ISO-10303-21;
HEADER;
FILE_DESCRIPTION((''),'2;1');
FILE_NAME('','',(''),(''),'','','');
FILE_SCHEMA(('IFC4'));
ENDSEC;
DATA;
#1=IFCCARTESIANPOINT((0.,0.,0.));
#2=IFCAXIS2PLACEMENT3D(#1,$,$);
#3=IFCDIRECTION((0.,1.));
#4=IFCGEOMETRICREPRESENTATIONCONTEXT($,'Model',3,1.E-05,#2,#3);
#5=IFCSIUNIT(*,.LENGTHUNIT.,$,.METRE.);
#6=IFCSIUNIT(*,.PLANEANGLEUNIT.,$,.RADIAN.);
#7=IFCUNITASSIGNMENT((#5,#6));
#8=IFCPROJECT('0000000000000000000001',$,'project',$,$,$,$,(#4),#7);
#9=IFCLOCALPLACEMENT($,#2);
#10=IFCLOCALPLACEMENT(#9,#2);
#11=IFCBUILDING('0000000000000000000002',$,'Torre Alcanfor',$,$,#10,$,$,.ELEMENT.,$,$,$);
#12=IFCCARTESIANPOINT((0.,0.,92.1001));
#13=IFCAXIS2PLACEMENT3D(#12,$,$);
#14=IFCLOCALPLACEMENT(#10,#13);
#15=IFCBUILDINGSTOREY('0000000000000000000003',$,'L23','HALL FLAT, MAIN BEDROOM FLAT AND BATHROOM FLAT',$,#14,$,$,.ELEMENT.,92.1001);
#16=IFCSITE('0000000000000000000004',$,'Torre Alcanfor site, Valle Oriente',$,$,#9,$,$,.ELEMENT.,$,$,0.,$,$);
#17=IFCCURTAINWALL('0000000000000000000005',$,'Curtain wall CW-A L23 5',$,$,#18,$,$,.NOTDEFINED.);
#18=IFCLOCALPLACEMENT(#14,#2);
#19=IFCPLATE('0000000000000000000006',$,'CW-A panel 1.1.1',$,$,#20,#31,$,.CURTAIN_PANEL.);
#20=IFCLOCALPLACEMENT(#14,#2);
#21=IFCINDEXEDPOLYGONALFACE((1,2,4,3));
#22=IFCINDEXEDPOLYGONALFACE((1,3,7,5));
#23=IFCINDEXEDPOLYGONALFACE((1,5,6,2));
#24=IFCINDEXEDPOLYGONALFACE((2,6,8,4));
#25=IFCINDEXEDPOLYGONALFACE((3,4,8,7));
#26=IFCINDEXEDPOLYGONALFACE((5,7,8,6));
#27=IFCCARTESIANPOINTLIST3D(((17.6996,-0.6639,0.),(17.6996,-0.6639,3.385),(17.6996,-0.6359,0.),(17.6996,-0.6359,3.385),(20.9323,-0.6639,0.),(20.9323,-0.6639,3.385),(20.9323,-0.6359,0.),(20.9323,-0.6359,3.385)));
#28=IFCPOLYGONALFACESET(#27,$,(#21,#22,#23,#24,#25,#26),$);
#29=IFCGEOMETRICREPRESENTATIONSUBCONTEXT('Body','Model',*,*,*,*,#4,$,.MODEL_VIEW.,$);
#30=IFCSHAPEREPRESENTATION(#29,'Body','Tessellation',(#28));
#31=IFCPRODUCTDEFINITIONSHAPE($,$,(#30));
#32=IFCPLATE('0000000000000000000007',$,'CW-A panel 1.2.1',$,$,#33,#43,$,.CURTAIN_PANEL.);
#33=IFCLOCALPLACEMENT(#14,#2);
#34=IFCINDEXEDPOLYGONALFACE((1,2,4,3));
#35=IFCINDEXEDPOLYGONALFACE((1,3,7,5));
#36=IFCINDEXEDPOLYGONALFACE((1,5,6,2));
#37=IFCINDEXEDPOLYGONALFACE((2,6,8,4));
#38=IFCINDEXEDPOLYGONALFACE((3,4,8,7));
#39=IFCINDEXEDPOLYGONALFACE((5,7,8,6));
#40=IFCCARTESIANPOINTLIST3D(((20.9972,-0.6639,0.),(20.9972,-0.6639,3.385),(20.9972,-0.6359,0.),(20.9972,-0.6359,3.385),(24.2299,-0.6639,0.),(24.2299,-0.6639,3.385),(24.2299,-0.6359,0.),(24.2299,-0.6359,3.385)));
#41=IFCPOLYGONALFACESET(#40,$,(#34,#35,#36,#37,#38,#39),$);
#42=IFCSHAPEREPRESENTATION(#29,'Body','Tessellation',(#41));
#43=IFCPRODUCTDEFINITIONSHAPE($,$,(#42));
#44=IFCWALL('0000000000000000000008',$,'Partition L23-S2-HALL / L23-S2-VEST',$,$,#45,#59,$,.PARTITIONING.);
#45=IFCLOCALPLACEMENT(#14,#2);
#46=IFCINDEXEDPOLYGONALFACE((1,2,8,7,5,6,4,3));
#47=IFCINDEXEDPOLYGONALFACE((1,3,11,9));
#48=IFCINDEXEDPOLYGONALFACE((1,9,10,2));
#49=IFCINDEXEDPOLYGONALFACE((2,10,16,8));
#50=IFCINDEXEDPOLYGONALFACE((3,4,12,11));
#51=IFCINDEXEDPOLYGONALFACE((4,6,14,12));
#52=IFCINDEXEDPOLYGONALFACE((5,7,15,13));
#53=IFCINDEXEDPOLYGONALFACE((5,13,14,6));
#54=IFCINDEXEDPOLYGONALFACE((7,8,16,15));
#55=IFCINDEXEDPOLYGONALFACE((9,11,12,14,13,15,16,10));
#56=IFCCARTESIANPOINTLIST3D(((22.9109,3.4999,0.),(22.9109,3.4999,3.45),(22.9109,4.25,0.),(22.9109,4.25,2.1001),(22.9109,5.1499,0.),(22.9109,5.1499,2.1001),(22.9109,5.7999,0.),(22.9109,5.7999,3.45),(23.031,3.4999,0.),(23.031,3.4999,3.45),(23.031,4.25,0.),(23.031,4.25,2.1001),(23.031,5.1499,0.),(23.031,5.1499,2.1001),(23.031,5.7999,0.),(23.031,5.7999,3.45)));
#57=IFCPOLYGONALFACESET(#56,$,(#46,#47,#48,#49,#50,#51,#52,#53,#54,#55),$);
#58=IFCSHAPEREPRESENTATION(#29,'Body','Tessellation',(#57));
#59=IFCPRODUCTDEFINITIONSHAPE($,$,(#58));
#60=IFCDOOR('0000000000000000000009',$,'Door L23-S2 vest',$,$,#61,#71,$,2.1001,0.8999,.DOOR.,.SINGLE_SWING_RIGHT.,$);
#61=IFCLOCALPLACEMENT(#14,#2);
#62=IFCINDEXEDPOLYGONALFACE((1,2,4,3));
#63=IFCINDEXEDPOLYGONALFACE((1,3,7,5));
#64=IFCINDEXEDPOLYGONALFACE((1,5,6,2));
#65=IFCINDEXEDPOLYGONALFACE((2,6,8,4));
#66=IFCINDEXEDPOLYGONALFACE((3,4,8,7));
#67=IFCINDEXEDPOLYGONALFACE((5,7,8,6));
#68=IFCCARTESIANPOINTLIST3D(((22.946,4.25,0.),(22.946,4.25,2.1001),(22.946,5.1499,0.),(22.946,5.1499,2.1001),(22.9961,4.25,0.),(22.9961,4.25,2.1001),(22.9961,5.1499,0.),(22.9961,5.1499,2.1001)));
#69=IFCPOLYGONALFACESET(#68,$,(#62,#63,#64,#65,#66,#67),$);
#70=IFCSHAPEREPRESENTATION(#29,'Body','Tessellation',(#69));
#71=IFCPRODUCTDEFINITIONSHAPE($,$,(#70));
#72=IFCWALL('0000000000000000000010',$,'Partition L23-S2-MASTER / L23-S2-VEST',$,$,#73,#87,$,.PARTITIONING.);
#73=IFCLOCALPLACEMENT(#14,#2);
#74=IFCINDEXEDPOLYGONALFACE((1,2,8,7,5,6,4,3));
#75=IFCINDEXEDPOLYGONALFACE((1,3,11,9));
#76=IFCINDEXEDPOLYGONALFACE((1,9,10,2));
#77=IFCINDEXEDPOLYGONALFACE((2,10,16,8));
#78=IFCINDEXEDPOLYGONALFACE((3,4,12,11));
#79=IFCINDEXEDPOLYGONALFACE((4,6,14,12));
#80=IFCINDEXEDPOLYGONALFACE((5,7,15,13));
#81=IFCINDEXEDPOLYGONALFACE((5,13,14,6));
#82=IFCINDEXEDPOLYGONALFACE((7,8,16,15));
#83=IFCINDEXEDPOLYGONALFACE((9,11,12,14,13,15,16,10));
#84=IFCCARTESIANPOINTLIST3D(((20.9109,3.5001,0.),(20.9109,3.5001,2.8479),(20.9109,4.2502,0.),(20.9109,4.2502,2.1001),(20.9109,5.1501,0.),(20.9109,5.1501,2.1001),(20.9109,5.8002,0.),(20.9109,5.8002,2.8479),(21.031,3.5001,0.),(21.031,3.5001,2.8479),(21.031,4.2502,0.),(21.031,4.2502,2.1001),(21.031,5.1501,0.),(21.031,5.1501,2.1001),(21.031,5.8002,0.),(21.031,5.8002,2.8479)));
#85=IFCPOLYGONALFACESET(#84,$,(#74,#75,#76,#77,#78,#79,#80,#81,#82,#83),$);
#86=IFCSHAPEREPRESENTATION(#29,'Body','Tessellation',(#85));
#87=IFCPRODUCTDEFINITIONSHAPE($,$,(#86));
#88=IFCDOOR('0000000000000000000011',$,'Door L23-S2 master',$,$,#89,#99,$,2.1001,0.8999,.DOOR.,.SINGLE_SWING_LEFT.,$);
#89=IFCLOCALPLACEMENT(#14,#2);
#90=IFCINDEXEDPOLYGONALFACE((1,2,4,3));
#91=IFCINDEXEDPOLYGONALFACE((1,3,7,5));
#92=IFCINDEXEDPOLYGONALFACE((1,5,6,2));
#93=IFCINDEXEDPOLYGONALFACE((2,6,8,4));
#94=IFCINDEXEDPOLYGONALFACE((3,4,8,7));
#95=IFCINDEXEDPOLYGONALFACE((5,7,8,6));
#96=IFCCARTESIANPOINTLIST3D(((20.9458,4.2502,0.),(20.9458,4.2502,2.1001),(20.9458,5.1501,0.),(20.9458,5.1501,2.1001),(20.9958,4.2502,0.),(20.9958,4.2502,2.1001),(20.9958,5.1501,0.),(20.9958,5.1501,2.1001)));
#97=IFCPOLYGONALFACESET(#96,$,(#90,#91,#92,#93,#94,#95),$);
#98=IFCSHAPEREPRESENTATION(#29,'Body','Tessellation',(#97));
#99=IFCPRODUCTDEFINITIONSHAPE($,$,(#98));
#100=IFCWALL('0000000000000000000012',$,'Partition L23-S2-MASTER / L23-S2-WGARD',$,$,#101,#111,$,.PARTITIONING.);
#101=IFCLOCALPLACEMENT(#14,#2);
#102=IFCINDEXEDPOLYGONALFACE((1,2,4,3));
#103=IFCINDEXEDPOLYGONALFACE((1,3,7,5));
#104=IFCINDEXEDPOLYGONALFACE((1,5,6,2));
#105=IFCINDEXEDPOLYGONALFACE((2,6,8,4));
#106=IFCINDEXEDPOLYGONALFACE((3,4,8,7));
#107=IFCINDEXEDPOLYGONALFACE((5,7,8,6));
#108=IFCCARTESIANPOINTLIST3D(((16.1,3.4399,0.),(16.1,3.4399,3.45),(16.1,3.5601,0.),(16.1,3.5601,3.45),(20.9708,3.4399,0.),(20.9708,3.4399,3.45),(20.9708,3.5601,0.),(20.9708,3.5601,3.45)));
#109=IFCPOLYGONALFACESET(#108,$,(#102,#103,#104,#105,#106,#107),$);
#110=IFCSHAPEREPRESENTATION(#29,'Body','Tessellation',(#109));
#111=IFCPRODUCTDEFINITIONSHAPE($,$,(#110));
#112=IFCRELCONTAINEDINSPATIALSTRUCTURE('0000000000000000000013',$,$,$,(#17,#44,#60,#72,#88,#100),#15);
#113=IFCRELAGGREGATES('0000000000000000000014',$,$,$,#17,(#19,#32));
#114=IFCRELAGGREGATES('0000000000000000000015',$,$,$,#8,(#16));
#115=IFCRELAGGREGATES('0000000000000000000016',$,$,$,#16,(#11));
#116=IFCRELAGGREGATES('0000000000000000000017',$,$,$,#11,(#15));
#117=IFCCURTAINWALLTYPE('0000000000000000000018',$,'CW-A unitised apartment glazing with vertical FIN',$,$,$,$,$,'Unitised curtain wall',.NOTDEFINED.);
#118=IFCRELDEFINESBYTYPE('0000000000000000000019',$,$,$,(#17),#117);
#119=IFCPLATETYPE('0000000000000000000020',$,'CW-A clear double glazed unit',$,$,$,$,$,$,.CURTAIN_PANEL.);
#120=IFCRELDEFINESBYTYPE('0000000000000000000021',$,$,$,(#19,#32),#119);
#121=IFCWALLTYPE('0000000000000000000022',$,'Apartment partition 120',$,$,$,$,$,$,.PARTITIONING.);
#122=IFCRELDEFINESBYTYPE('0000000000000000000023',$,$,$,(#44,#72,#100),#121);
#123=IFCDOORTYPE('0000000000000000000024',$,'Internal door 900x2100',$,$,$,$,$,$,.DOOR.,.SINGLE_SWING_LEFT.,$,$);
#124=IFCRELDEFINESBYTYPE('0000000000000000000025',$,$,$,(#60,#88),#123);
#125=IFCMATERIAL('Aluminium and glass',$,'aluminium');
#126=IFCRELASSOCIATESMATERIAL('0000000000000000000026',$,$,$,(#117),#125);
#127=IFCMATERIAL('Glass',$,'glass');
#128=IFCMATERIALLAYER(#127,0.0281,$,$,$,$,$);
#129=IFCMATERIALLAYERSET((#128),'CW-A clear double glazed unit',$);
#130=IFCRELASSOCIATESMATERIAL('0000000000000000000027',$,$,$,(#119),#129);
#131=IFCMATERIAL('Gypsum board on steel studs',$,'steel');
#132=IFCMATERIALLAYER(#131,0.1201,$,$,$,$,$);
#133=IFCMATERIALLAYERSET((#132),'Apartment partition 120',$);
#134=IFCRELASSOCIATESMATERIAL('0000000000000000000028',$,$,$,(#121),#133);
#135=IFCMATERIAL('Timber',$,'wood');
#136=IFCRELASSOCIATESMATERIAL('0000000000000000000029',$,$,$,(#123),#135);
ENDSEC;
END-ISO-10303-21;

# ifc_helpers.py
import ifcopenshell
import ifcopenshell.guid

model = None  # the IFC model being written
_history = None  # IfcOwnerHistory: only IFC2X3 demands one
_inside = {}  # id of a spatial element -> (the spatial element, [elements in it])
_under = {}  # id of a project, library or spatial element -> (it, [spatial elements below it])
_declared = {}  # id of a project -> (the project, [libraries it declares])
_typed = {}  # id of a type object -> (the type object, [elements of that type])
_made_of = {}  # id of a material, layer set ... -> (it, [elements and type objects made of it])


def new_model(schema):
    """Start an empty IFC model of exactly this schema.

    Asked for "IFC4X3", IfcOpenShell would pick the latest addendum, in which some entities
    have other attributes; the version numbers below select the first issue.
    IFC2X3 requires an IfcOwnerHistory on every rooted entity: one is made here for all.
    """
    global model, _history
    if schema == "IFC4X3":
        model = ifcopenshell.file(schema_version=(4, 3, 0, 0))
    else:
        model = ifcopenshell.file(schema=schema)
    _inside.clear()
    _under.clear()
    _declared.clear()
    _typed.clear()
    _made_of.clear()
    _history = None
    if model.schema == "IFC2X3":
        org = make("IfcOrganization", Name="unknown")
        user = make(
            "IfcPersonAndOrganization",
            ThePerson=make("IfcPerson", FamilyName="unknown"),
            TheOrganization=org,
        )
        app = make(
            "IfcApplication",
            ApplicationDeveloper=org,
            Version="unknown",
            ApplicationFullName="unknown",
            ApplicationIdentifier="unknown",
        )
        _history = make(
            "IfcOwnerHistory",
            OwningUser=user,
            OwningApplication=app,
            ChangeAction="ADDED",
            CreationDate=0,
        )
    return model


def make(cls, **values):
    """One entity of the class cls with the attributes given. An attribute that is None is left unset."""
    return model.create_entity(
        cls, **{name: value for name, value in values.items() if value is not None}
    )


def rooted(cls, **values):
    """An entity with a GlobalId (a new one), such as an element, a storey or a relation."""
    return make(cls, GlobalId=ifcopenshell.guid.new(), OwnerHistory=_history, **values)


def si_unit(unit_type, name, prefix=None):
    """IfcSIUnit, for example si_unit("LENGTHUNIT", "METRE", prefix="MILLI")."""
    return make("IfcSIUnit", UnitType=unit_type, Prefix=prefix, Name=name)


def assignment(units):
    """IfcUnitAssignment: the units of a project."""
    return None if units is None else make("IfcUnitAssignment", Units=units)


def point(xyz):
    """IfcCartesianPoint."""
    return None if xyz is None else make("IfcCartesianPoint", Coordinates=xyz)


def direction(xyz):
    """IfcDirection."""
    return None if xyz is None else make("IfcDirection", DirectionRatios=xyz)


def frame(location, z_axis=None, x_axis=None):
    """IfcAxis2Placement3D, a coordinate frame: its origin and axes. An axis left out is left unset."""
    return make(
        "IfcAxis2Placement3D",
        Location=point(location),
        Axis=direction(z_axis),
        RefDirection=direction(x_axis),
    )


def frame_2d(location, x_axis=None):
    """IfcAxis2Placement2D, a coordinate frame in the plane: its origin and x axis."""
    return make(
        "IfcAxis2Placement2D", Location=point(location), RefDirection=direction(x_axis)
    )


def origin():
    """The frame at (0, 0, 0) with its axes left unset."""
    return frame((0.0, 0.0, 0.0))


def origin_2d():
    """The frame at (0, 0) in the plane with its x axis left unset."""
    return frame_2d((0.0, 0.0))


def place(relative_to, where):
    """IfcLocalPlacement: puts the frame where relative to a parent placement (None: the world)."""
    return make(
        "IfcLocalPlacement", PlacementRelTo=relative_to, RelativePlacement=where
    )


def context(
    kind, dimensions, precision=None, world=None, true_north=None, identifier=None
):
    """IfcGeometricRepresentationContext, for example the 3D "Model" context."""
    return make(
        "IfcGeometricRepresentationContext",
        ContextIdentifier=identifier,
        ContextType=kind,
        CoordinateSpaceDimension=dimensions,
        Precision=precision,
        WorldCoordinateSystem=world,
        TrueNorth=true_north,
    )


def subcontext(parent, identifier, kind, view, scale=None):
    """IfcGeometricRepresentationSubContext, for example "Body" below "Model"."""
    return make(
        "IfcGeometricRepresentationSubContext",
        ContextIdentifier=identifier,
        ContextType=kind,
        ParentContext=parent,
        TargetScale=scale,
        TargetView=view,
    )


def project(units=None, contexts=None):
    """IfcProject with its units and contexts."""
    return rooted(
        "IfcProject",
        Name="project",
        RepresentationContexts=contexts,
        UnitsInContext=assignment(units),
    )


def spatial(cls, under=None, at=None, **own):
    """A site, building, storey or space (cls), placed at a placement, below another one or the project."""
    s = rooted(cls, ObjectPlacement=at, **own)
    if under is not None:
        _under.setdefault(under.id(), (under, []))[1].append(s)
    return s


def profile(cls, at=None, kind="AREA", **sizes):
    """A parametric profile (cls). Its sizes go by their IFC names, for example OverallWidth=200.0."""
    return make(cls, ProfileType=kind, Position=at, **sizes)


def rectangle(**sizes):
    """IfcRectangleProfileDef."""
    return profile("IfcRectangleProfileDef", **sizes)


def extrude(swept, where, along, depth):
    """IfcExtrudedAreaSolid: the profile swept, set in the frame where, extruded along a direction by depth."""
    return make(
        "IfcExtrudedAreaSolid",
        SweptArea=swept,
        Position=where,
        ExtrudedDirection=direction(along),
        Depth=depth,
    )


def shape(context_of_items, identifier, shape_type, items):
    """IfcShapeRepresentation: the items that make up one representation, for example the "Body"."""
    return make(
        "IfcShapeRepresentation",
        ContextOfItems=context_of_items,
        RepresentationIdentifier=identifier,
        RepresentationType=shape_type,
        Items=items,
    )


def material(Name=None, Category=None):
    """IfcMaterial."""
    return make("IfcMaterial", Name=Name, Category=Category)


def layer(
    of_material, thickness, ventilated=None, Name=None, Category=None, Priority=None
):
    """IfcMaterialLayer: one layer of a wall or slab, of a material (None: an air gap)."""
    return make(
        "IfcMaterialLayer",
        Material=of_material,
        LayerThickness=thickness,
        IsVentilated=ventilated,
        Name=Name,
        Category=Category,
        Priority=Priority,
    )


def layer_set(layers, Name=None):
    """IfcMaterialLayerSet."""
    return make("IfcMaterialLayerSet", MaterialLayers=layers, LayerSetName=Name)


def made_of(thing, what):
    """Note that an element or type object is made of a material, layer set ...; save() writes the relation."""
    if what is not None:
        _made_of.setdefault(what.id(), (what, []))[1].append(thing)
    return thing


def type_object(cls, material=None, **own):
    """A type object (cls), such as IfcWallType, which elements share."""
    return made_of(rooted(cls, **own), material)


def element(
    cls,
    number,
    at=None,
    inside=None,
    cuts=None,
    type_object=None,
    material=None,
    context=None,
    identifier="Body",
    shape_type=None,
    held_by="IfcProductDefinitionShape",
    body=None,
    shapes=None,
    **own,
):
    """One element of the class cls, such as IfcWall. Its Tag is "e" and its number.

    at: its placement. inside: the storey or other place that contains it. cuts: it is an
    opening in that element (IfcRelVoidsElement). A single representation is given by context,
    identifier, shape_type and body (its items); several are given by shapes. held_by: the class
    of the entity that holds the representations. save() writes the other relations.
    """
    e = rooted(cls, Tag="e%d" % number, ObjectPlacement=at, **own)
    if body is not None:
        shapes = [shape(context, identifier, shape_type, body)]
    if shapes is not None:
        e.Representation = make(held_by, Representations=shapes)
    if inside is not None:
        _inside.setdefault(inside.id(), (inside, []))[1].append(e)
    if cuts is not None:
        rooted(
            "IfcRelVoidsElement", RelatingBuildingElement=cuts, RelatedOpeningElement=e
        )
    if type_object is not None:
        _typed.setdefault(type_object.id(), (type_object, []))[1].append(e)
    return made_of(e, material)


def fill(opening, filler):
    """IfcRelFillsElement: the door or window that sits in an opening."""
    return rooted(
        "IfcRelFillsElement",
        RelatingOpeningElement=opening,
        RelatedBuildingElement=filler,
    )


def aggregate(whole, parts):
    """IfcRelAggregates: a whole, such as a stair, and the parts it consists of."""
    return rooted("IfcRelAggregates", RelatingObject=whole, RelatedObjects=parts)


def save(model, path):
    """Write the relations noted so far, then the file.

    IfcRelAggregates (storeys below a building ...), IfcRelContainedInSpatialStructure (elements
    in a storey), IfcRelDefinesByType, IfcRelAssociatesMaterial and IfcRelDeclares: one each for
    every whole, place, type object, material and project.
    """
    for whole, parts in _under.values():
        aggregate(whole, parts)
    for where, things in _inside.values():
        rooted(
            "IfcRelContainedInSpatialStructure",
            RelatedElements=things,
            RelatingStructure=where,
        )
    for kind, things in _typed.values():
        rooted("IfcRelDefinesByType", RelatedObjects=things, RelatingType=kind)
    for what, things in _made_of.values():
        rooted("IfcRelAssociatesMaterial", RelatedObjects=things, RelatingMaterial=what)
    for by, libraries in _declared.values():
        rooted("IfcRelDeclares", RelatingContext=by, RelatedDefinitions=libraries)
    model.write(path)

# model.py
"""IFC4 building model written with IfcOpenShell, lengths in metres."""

from ifc_helpers import new_model, si_unit, direction, frame, frame_2d, origin, origin_2d, place, context, subcontext, project, spatial, rectangle, extrude, material, layer, layer_set, type_object, element, fill, aggregate, save


model = new_model("IFC4")

# Units and contexts
model_context = context("Model", 3, precision=1e-05, world=origin(), true_north=direction((0.0, 1.0)))
body_context = subcontext(model_context, "Body", "Model", "MODEL_VIEW")
ifc_project = project(units=[si_unit("LENGTHUNIT", "METRE"), si_unit("PLANEANGLEUNIT", "RADIAN")], contexts=[model_context])

# Site, building, storey
site_placement = place(None, origin())
site = spatial("IfcSite", under=ifc_project, at=site_placement, Name="Torre Alcanfor site, Valle Oriente", CompositionType="ELEMENT", RefElevation=0.0)
building_placement = place(site_placement, origin())
building = spatial("IfcBuilding", under=site, at=building_placement, Name="Torre Alcanfor", CompositionType="ELEMENT")
storey_placement = place(building_placement, frame((0.0, 0.0, 92.1001)))
storey = spatial("IfcBuildingStorey", under=building, at=storey_placement, Name="L23", Description="HALL FLAT, MAIN BEDROOM FLAT AND BATHROOM FLAT", CompositionType="ELEMENT", Elevation=92.1001)

# Curtain wall
ifc_material_1 = material(Name="Aluminium and glass", Category="aluminium")
curtain_wall_type = type_object("IfcCurtainWallType", Name="CW-A unitised apartment glazing with vertical FIN", ElementType="Unitised curtain wall", PredefinedType="NOTDEFINED", material=ifc_material_1)
curtain_wall_placement = place(storey_placement, origin())
curtain_wall = element("IfcCurtainWall", 1, at=curtain_wall_placement, inside=storey, type_object=curtain_wall_type, Name="Curtain wall CW-A L23 5", PredefinedType="NOTDEFINED")

# Plates
ifc_material_2 = material(Name="Glass", Category="glass")
ifc_layer_1 = layer(ifc_material_2, 0.0281)
ifc_layer_set_1 = layer_set([ifc_layer_1], Name="CW-A clear double glazed unit")
plate_type = type_object("IfcPlateType", Name="CW-A clear double glazed unit", PredefinedType="CURTAIN_PANEL", material=ifc_layer_set_1)
plate_1_placement = place(storey_placement, frame((19.3159, -0.6499, 0.0), z_axis=(0.0, 0.0, 1.0), x_axis=(1.0, 0.0, 0.0)))
plate_1 = element("IfcPlate", 2, at=plate_1_placement, type_object=plate_type, Name="CW-A panel 1.1.1", PredefinedType="CURTAIN_PANEL", context=body_context, shape_type="SweptSolid", body=[
    extrude(rectangle(XDim=3.2327, YDim=0.0281, at=origin_2d()), origin(), (0.0, 0.0, 1.0), 3.385),
])
plate_2_placement = place(storey_placement, frame((22.6135, -0.6499, 0.0), z_axis=(0.0, 0.0, 1.0), x_axis=(1.0, 0.0, 0.0)))
plate_2 = element("IfcPlate", 3, at=plate_2_placement, type_object=plate_type, Name="CW-A panel 1.2.1", PredefinedType="CURTAIN_PANEL", context=body_context, shape_type="SweptSolid", body=[
    extrude(rectangle(XDim=3.2327, YDim=0.0281, at=origin_2d()), origin(), (0.0, 0.0, 1.0), 3.385),
])
aggregate(curtain_wall, [plate_1, plate_2])

# Walls, openings, doors
ifc_material_3 = material(Name="Gypsum board on steel studs", Category="steel")
ifc_layer_2 = layer(ifc_material_3, 0.1201)
ifc_layer_set_2 = layer_set([ifc_layer_2], Name="Apartment partition 120")
wall_type = type_object("IfcWallType", Name="Apartment partition 120", PredefinedType="PARTITIONING", material=ifc_layer_set_2)
wall_1_placement = place(storey_placement, frame((22.9709, 3.5, 0.0), z_axis=(0.0, 0.0, 1.0), x_axis=(0.0, 1.0, 0.0)))
wall_1 = element("IfcWall", 4, at=wall_1_placement, inside=storey, type_object=wall_type, Name="Partition L23-S2-HALL / L23-S2-VEST", PredefinedType="PARTITIONING", context=body_context, shape_type="SweptSolid", body=[
    extrude(rectangle(XDim=2.3, YDim=0.1201, at=frame_2d((1.1499, 0.0))), origin(), (0.0, 0.0, 1.0), 3.45),
])
opening_1_placement = place(wall_1_placement, frame((0.75, 0.0, 0.0)))
opening_1 = element("IfcOpeningElement", 5, at=opening_1_placement, cuts=wall_1, PredefinedType="OPENING", context=body_context, shape_type="SweptSolid", body=[
    extrude(rectangle(XDim=0.8999, YDim=2.1001, at=frame_2d((0.45, 1.05))), frame((0.0, 0.0701, 0.0), z_axis=(0.0, -1.0, 0.0), x_axis=(1.0, 0.0, 0.0)), (0.0, 0.0, 1.0), 0.1401),
])
ifc_material_4 = material(Name="Timber", Category="wood")
door_type = type_object("IfcDoorType", Name="Internal door 900x2100", OperationType="SINGLE_SWING_LEFT", PredefinedType="DOOR", material=ifc_material_4)
door_1_placement = place(opening_1_placement, origin())
door_1 = element("IfcDoor", 6, at=door_1_placement, inside=storey, type_object=door_type, Name="Door L23-S2 vest", OperationType="SINGLE_SWING_RIGHT", OverallHeight=2.1001, OverallWidth=0.8999, PredefinedType="DOOR", context=body_context, shape_type="SweptSolid", body=[
    extrude(rectangle(XDim=0.8999, YDim=2.1001, at=frame_2d((0.45, 1.05))), frame((0.0, 0.0249, 0.0), z_axis=(0.0, -1.0, 0.0), x_axis=(1.0, 0.0, 0.0)), (0.0, 0.0, 1.0), 0.05),
])
fill(opening_1, door_1)
wall_2_placement = place(storey_placement, frame((20.9709, 5.8, 0.0), z_axis=(0.0, 0.0, 1.0), x_axis=(0.0, -1.0, 0.0)))
wall_2 = element("IfcWall", 7, at=wall_2_placement, inside=storey, type_object=wall_type, Name="Partition L23-S2-MASTER / L23-S2-VEST", PredefinedType="PARTITIONING", context=body_context, shape_type="SweptSolid", body=[
    extrude(rectangle(XDim=2.3, YDim=0.1201, at=frame_2d((1.1499, 0.0))), origin(), (0.0, 0.0, 1.0), 2.8479),
])
opening_2_placement = place(wall_2_placement, frame((0.6499, 0.0, 0.0)))
opening_2 = element("IfcOpeningElement", 8, at=opening_2_placement, cuts=wall_2, PredefinedType="OPENING", context=body_context, shape_type="SweptSolid", body=[
    extrude(rectangle(XDim=0.8999, YDim=2.1001, at=frame_2d((0.45, 1.05))), frame((0.0, 0.0701, 0.0), z_axis=(0.0, -1.0, 0.0), x_axis=(1.0, 0.0, 0.0)), (0.0, 0.0, 1.0), 0.1401),
])
door_2_placement = place(opening_2_placement, origin())
door_2 = element("IfcDoor", 9, at=door_2_placement, inside=storey, type_object=door_type, Name="Door L23-S2 master", OperationType="SINGLE_SWING_LEFT", OverallHeight=2.1001, OverallWidth=0.8999, PredefinedType="DOOR", context=body_context, shape_type="SweptSolid", body=[
    extrude(rectangle(XDim=0.8999, YDim=2.1001, at=frame_2d((0.45, 1.05))), frame((0.0, 0.0249, 0.0), z_axis=(0.0, -1.0, 0.0), x_axis=(1.0, 0.0, 0.0)), (0.0, 0.0, 1.0), 0.05),
])
fill(opening_2, door_2)

# Wall
wall_3_placement = place(storey_placement, frame((20.9709, 3.5, 0.0), z_axis=(0.0, 0.0, 1.0), x_axis=(-1.0, 0.0, 0.0)))
element("IfcWall", 10, at=wall_3_placement, inside=storey, type_object=wall_type, Name="Partition L23-S2-MASTER / L23-S2-WGARD", PredefinedType="PARTITIONING", context=body_context, shape_type="SweptSolid", body=[
    extrude(rectangle(XDim=4.8708, YDim=0.1201, at=frame_2d((2.4355, 0.0))), origin(), (0.0, 0.0, 1.0), 3.45),
])

save(model, "model.ifc")
